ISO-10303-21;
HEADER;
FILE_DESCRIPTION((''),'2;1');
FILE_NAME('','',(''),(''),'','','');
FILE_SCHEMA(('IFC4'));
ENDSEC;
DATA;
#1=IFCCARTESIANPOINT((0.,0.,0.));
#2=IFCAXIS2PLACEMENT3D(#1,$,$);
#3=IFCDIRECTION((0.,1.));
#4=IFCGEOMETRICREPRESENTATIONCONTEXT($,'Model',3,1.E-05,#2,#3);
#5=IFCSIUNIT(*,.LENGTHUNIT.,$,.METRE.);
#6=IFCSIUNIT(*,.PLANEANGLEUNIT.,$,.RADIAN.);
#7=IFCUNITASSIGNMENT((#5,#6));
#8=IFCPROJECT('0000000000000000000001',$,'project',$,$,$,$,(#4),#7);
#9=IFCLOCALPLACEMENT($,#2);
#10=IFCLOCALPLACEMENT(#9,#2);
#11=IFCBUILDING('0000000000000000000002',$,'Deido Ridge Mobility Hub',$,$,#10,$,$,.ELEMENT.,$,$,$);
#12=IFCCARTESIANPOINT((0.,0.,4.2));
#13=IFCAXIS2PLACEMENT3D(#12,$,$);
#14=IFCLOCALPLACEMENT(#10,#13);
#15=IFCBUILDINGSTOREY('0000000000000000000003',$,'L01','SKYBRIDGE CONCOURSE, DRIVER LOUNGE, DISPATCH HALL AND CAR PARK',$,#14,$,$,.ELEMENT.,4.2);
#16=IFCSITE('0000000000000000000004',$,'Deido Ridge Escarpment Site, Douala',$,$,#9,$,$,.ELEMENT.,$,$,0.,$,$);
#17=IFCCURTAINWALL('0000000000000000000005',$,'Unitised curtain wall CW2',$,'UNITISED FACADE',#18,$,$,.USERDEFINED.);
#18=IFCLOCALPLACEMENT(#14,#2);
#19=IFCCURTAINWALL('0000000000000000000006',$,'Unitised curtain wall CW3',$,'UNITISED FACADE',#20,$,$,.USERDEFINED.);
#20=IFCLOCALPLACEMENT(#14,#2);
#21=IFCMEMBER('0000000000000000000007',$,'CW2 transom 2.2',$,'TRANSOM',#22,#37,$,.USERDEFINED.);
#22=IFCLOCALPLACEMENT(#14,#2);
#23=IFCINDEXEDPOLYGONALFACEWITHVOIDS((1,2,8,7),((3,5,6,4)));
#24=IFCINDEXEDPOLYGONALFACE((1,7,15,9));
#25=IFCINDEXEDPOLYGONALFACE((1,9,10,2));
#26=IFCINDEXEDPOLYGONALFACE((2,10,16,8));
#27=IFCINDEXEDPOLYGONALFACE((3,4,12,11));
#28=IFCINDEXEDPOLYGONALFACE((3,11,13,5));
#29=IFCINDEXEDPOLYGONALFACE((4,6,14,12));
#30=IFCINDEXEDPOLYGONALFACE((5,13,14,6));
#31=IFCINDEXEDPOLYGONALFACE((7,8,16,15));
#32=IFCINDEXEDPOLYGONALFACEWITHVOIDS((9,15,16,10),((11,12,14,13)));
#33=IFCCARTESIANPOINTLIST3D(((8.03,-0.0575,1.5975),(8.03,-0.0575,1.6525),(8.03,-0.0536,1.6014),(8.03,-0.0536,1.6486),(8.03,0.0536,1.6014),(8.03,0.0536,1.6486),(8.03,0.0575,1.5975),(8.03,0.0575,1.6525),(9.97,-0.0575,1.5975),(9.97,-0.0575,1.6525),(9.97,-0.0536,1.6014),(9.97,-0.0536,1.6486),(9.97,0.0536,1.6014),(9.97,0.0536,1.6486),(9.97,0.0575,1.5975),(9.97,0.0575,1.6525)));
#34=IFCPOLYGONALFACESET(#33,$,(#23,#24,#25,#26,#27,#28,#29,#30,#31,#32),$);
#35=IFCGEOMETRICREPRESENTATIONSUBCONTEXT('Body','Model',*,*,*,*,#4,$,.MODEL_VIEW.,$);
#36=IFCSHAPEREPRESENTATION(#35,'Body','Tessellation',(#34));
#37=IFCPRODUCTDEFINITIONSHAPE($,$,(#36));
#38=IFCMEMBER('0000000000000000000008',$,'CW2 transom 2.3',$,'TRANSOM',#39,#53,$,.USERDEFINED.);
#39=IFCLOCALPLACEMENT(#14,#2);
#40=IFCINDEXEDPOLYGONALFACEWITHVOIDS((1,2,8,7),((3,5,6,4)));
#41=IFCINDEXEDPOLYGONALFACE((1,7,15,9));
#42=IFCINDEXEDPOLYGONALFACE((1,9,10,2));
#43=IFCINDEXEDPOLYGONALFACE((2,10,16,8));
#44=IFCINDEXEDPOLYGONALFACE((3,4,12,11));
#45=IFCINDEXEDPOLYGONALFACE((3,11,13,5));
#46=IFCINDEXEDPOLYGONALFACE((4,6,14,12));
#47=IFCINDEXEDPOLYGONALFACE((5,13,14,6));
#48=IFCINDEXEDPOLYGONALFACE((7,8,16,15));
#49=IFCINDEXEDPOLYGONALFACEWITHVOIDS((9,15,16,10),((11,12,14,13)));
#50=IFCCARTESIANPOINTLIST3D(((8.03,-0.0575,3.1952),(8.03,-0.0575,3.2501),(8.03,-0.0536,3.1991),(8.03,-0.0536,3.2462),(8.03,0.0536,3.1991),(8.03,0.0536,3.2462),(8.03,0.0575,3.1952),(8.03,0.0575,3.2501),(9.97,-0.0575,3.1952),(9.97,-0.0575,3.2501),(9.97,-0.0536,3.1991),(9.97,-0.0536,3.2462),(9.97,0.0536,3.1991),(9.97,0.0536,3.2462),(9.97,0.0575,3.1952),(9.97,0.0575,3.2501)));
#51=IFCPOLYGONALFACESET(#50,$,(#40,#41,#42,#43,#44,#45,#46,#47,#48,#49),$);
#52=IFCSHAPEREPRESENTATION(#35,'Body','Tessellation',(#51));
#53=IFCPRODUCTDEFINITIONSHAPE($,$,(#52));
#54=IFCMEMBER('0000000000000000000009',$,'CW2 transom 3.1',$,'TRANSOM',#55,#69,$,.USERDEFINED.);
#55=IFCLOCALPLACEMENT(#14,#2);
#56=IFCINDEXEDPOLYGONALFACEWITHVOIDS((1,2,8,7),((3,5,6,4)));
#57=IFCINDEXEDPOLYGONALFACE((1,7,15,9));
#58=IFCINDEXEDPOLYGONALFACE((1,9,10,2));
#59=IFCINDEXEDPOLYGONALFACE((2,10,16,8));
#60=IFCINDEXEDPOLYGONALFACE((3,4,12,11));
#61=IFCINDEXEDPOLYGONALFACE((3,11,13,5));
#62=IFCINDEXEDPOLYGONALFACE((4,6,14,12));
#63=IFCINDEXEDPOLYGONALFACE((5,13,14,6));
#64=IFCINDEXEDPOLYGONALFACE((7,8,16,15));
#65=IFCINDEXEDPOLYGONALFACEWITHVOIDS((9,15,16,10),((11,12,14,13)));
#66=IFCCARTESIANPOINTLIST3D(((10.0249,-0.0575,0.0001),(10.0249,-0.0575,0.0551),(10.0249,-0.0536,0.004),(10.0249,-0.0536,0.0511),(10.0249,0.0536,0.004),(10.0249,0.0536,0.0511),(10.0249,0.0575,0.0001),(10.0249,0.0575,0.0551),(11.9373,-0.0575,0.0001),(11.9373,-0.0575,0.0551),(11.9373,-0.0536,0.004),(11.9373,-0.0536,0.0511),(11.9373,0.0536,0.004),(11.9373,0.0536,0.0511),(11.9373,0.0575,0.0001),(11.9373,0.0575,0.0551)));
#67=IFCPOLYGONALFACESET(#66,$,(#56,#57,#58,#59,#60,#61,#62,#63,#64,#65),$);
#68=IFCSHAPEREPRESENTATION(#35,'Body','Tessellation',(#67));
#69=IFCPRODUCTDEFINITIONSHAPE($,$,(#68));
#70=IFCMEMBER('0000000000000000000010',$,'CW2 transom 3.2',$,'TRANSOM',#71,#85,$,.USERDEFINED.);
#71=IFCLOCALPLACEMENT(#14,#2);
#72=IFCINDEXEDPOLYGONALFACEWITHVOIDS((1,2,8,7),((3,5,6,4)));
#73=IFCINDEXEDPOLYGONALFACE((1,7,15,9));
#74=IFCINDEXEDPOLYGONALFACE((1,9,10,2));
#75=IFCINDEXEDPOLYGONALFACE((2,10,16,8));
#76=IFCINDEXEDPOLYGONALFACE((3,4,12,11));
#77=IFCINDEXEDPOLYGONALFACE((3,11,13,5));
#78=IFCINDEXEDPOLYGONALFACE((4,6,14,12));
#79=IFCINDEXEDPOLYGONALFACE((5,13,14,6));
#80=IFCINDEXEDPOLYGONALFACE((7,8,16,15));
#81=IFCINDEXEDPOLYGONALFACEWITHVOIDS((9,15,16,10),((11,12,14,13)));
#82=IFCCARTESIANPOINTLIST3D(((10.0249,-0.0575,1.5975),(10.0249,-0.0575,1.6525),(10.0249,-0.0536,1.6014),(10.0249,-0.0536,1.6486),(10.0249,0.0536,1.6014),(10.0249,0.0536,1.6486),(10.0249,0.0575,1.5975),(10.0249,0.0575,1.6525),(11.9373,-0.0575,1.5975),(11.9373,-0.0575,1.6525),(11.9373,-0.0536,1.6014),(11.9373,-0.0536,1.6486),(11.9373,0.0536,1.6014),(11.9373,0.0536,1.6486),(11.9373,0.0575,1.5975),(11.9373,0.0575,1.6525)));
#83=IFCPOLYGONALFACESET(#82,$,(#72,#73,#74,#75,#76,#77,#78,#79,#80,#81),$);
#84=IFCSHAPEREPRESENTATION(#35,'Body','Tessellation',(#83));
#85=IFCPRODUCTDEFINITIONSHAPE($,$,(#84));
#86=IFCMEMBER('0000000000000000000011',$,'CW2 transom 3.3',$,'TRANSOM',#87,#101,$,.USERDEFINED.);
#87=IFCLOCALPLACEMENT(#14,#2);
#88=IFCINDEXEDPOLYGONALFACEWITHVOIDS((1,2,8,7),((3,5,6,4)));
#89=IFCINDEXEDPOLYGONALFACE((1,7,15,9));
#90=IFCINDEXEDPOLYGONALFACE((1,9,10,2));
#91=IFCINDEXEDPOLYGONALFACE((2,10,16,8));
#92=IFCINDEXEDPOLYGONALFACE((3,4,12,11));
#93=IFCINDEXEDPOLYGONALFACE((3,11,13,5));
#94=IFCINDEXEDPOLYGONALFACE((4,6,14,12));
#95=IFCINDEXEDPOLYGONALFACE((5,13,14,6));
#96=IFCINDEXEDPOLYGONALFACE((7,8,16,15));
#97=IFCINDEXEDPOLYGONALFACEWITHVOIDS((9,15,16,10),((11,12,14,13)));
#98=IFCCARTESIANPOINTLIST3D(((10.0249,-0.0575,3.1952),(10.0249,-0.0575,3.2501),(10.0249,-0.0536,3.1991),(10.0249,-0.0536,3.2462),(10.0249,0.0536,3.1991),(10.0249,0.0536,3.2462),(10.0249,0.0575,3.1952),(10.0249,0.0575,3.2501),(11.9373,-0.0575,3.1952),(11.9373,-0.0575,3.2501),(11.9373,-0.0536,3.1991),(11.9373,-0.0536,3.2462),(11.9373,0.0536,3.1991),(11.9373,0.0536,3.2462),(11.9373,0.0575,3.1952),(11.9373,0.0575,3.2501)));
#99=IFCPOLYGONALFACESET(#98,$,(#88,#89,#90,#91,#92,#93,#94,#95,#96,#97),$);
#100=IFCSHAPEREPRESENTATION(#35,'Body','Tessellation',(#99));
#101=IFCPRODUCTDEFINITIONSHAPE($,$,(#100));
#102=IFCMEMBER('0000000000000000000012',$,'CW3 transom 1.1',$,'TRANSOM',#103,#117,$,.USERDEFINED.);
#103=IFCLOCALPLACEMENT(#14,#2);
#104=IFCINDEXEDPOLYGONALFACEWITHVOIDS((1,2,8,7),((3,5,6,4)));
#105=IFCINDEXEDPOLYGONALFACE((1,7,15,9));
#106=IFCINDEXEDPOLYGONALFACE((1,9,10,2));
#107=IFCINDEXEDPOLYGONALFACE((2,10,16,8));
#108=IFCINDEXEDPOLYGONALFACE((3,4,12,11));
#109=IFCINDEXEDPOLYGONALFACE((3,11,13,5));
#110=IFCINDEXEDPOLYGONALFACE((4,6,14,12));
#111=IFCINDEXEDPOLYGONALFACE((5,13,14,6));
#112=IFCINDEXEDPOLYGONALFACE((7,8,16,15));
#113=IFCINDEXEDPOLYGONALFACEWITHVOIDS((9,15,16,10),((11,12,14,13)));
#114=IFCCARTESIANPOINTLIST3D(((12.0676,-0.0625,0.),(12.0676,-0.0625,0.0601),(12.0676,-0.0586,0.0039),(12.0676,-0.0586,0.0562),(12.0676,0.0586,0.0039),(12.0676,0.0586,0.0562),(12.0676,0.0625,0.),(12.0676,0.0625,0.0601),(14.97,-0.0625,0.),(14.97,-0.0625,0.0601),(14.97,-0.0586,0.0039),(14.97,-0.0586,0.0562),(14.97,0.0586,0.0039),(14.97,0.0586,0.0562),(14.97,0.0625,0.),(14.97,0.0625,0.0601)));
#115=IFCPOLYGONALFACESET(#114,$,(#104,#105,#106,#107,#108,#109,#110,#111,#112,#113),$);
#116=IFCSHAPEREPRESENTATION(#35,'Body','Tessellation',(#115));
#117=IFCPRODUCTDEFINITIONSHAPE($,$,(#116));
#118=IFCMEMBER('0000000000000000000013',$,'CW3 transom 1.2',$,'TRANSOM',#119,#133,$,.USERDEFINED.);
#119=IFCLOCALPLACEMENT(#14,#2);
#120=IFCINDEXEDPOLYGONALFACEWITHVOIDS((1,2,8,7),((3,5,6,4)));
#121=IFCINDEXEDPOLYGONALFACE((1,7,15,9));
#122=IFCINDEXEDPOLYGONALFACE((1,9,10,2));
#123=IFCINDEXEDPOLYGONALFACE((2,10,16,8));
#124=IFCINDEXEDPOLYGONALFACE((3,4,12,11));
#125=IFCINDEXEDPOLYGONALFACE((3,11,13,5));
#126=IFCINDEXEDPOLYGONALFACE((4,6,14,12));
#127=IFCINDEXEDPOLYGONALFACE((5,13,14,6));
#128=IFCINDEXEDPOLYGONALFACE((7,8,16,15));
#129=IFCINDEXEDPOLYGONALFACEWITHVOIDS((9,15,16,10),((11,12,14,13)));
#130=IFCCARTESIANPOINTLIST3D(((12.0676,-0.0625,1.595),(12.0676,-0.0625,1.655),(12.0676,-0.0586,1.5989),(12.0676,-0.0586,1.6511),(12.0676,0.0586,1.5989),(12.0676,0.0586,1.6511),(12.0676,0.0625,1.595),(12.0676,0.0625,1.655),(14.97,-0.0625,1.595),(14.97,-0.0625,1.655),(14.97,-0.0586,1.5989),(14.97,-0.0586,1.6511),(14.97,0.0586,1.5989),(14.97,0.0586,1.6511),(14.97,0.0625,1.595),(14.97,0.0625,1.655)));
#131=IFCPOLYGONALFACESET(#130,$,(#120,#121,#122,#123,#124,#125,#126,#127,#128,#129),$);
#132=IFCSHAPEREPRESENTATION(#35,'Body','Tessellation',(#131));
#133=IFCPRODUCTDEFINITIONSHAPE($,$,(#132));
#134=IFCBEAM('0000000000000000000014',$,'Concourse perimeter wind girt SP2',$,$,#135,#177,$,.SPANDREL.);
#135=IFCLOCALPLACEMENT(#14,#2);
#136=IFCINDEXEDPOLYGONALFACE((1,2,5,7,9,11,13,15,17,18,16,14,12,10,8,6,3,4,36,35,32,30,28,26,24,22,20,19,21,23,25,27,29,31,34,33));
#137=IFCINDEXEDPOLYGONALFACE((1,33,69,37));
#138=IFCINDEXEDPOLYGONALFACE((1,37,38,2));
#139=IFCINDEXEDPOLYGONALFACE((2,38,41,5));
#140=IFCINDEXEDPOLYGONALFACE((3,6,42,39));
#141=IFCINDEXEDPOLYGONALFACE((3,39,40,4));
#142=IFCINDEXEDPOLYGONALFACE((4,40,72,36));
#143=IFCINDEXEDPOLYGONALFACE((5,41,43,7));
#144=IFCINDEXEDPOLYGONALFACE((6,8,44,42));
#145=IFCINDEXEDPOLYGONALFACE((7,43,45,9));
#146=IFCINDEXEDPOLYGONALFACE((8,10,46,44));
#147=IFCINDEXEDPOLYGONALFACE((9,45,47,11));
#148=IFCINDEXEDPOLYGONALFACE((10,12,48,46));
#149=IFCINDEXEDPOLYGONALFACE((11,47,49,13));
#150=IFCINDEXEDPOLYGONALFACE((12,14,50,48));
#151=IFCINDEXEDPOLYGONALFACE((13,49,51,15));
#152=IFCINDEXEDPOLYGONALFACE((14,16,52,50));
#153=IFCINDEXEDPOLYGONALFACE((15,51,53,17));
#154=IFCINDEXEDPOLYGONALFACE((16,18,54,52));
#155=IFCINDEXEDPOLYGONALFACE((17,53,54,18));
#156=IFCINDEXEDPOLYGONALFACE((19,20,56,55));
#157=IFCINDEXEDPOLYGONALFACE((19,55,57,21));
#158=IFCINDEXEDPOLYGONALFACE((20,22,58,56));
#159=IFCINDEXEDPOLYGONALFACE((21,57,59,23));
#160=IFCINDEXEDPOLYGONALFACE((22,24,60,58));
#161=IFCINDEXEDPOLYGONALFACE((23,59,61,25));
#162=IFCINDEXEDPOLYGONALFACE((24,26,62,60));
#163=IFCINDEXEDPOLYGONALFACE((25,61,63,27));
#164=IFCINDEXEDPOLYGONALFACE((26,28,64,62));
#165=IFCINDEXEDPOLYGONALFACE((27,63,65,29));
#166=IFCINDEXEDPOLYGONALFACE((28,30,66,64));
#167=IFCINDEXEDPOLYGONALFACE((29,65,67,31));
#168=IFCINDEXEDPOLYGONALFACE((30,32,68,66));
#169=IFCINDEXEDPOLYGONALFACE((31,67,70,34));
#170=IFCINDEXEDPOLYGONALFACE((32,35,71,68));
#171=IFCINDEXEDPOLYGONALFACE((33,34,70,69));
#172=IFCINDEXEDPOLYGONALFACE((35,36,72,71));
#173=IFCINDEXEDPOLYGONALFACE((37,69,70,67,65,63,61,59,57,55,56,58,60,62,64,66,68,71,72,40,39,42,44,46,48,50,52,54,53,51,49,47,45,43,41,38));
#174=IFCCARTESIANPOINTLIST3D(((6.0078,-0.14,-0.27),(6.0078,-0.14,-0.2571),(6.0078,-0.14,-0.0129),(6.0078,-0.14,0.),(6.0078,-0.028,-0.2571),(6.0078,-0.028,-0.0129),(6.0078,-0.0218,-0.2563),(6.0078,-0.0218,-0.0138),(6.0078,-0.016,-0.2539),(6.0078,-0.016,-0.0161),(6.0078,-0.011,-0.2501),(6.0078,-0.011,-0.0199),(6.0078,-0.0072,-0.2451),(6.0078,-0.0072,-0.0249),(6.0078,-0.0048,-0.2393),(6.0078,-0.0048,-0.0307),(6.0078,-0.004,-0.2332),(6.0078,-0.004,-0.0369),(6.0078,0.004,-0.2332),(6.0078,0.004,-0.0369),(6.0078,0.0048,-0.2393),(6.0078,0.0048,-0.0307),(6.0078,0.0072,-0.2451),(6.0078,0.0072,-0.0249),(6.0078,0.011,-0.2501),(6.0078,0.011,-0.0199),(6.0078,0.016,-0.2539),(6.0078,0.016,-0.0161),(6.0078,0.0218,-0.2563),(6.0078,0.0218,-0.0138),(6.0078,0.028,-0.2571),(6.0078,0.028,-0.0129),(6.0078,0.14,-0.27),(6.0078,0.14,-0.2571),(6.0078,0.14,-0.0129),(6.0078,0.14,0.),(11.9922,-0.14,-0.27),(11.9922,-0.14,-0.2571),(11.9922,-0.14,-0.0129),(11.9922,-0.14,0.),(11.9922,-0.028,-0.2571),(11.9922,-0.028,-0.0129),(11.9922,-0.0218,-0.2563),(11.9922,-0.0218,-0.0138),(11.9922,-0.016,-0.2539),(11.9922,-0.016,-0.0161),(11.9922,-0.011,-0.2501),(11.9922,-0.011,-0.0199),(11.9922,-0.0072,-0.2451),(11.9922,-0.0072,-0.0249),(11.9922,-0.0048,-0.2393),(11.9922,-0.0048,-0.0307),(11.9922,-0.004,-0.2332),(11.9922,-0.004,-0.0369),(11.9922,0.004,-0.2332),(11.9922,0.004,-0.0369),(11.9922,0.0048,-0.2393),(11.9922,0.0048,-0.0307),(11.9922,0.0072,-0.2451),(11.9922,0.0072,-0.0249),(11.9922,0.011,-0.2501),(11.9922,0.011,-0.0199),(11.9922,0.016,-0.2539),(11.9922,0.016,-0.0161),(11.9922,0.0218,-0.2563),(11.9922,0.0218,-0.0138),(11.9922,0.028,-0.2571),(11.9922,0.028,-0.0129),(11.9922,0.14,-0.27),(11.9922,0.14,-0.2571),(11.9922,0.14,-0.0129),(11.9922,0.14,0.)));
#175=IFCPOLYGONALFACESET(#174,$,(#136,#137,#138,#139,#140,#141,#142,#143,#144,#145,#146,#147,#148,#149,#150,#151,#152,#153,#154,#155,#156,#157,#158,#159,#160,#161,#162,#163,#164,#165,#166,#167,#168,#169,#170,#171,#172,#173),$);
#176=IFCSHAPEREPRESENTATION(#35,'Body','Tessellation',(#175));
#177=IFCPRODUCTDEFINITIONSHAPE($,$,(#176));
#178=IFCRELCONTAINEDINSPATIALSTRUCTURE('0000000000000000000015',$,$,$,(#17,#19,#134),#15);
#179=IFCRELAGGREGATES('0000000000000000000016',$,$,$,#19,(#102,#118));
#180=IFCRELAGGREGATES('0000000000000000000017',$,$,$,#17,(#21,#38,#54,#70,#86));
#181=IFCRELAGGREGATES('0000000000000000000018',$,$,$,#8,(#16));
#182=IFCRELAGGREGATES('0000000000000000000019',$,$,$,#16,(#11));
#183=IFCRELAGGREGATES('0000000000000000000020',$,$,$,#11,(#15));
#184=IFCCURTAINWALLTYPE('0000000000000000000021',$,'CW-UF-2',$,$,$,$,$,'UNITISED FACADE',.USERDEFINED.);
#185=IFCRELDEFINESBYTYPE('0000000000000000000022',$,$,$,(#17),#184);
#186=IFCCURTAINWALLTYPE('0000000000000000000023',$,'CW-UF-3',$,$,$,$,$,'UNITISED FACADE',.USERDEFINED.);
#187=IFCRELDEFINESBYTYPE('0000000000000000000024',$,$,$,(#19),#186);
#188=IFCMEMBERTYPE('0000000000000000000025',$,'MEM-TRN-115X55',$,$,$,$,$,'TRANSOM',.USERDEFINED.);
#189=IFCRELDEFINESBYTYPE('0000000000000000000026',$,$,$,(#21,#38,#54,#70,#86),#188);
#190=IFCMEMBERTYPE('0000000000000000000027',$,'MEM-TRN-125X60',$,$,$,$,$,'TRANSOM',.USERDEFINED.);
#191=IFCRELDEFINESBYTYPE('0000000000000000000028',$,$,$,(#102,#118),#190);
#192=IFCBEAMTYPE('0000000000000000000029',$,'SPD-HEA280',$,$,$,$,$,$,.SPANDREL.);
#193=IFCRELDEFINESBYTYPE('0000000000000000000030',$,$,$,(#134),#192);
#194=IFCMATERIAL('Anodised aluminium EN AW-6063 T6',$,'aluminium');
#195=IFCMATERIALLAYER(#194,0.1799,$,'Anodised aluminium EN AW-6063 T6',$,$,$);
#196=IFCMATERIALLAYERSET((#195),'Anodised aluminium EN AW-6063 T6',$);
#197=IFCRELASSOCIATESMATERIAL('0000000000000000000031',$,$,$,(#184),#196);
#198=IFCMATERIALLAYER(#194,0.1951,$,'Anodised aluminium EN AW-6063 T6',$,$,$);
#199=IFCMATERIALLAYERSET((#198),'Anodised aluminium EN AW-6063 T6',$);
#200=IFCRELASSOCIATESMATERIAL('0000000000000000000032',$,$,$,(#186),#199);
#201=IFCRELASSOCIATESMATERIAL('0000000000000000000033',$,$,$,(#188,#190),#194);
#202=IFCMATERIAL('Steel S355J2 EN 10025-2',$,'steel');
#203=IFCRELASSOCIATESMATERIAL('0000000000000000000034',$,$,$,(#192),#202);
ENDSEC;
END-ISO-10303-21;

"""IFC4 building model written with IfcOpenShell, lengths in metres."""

from ifc_helpers import new_model, si_unit, direction, frame, origin, origin_2d, place, context, subcontext, project, spatial, hollow_rectangle, i_section, extrude, material, layer, layer_set, material_profile, profile_set, type_object, element, aggregate, save


model = new_model("IFC4")

# Units and contexts
model_context = context("Model", 3, precision=1e-05, world=origin(), true_north=direction((0.0, 1.0)))
body_context = subcontext(model_context, "Body", "Model", "MODEL_VIEW")
ifc_project = project(units=[si_unit("LENGTHUNIT", "METRE"), si_unit("PLANEANGLEUNIT", "RADIAN")], contexts=[model_context])

# Site, building, storey
site_placement = place(None, origin())
site = spatial("IfcSite", under=ifc_project, at=site_placement, Name="Deido Ridge Escarpment Site, Douala", CompositionType="ELEMENT", RefElevation=0.0)
building_placement = place(site_placement, origin())
building = spatial("IfcBuilding", under=site, at=building_placement, Name="Deido Ridge Mobility Hub", CompositionType="ELEMENT")
storey_placement = place(building_placement, frame((0.0, 0.0, 4.2)))
storey = spatial("IfcBuildingStorey", under=building, at=storey_placement, Name="L01", Description="SKYBRIDGE CONCOURSE, DRIVER LOUNGE, DISPATCH HALL AND CAR PARK", CompositionType="ELEMENT", Elevation=4.2)

# Shared definitions
ifc_material_1 = material(Name="Steel S355J2 EN 10025-2", Category="steel")

# Curtain wall
ifc_material_2 = material(Name="Anodised aluminium EN AW-6063 T6", Category="aluminium")
ifc_layer_1 = layer(ifc_material_2, 0.1799, Name="Anodised aluminium EN AW-6063 T6")
ifc_layer_set_1 = layer_set([ifc_layer_1], Name="Anodised aluminium EN AW-6063 T6")
curtain_wall_type_1 = type_object("IfcCurtainWallType", Name="CW-UF-2", ElementType="UNITISED FACADE", PredefinedType="USERDEFINED", material=ifc_layer_set_1)
curtain_wall_1_placement = place(storey_placement, origin())
curtain_wall_1 = element("IfcCurtainWall", 1, at=curtain_wall_1_placement, inside=storey, type_object=curtain_wall_type_1, Name="Unitised curtain wall CW2", ObjectType="UNITISED FACADE", PredefinedType="USERDEFINED")

# Curtain wall
ifc_layer_2 = layer(ifc_material_2, 0.1951, Name="Anodised aluminium EN AW-6063 T6")
ifc_layer_set_2 = layer_set([ifc_layer_2], Name="Anodised aluminium EN AW-6063 T6")
curtain_wall_type_2 = type_object("IfcCurtainWallType", Name="CW-UF-3", ElementType="UNITISED FACADE", PredefinedType="USERDEFINED", material=ifc_layer_set_2)
curtain_wall_2_placement = place(storey_placement, origin())
curtain_wall_2 = element("IfcCurtainWall", 2, at=curtain_wall_2_placement, inside=storey, type_object=curtain_wall_type_2, Name="Unitised curtain wall CW3", ObjectType="UNITISED FACADE", PredefinedType="USERDEFINED")

# Members
ifc_material_profile_1 = material_profile(ifc_material_2, hollow_rectangle(XDim=0.115, YDim=0.0549, WallThickness=0.0039, at=origin_2d()), Name="RHS 115x55x4")
ifc_profile_set_1 = profile_set([ifc_material_profile_1], Name="Anodised aluminium EN AW-6063 T6")
member_type_1 = type_object("IfcMemberType", Name="MEM-TRN-115X55", ElementType="TRANSOM", PredefinedType="USERDEFINED", material=ifc_profile_set_1)
member_1_placement = place(storey_placement, frame((8.03, 0.0, 1.625), z_axis=(1.0, 0.0, 0.0), x_axis=(0.0, 1.0, 0.0)))
member_1 = element("IfcMember", 3, at=member_1_placement, type_object=member_type_1, Name="CW2 transom 2.2", ObjectType="TRANSOM", PredefinedType="USERDEFINED", context=body_context, shape_type="SweptSolid", body=[
    extrude(hollow_rectangle(XDim=0.115, YDim=0.0549, WallThickness=0.0039, at=origin_2d()), origin(), (0.0, 0.0, 1.0), 1.9399),
])
member_2_placement = place(storey_placement, frame((8.03, 0.0, 3.2227), z_axis=(1.0, 0.0, 0.0), x_axis=(0.0, 1.0, 0.0)))
member_2 = element("IfcMember", 4, at=member_2_placement, type_object=member_type_1, Name="CW2 transom 2.3", ObjectType="TRANSOM", PredefinedType="USERDEFINED", context=body_context, shape_type="SweptSolid", body=[
    extrude(hollow_rectangle(XDim=0.115, YDim=0.0549, WallThickness=0.0039, at=origin_2d()), origin(), (0.0, 0.0, 1.0), 1.9399),
])
member_3_placement = place(storey_placement, frame((10.0249, 0.0, 0.0276), z_axis=(1.0, 0.0, 0.0), x_axis=(0.0, 1.0, 0.0)))
member_3 = element("IfcMember", 5, at=member_3_placement, type_object=member_type_1, Name="CW2 transom 3.1", ObjectType="TRANSOM", PredefinedType="USERDEFINED", context=body_context, shape_type="SweptSolid", body=[
    extrude(hollow_rectangle(XDim=0.115, YDim=0.0549, WallThickness=0.0039, at=origin_2d()), origin(), (0.0, 0.0, 1.0), 1.9124),
])
member_4_placement = place(storey_placement, frame((10.0249, 0.0, 1.625), z_axis=(1.0, 0.0, 0.0), x_axis=(0.0, 1.0, 0.0)))
member_4 = element("IfcMember", 6, at=member_4_placement, type_object=member_type_1, Name="CW2 transom 3.2", ObjectType="TRANSOM", PredefinedType="USERDEFINED", context=body_context, shape_type="SweptSolid", body=[
    extrude(hollow_rectangle(XDim=0.115, YDim=0.0549, WallThickness=0.0039, at=origin_2d()), origin(), (0.0, 0.0, 1.0), 1.9124),
])
member_5_placement = place(storey_placement, frame((10.0249, 0.0, 3.2227), z_axis=(1.0, 0.0, 0.0), x_axis=(0.0, 1.0, 0.0)))
member_5 = element("IfcMember", 7, at=member_5_placement, type_object=member_type_1, Name="CW2 transom 3.3", ObjectType="TRANSOM", PredefinedType="USERDEFINED", context=body_context, shape_type="SweptSolid", body=[
    extrude(hollow_rectangle(XDim=0.115, YDim=0.0549, WallThickness=0.0039, at=origin_2d()), origin(), (0.0, 0.0, 1.0), 1.9124),
])
ifc_material_profile_2 = material_profile(ifc_material_2, hollow_rectangle(XDim=0.125, YDim=0.0601, WallThickness=0.0039, at=origin_2d()), Name="RHS 125x60x4")
ifc_profile_set_2 = profile_set([ifc_material_profile_2], Name="Anodised aluminium EN AW-6063 T6")
member_type_2 = type_object("IfcMemberType", Name="MEM-TRN-125X60", ElementType="TRANSOM", PredefinedType="USERDEFINED", material=ifc_profile_set_2)
member_6_placement = place(storey_placement, frame((12.0676, 0.0, 0.03), z_axis=(1.0, 0.0, 0.0), x_axis=(0.0, 1.0, 0.0)))
member_6 = element("IfcMember", 8, at=member_6_placement, type_object=member_type_2, Name="CW3 transom 1.1", ObjectType="TRANSOM", PredefinedType="USERDEFINED", context=body_context, shape_type="SweptSolid", body=[
    extrude(hollow_rectangle(XDim=0.125, YDim=0.0601, WallThickness=0.0039, at=origin_2d()), origin(), (0.0, 0.0, 1.0), 2.9023),
])
member_7_placement = place(storey_placement, frame((12.0676, 0.0, 1.625), z_axis=(1.0, 0.0, 0.0), x_axis=(0.0, 1.0, 0.0)))
member_7 = element("IfcMember", 9, at=member_7_placement, type_object=member_type_2, Name="CW3 transom 1.2", ObjectType="TRANSOM", PredefinedType="USERDEFINED", context=body_context, shape_type="SweptSolid", body=[
    extrude(hollow_rectangle(XDim=0.125, YDim=0.0601, WallThickness=0.0039, at=origin_2d()), origin(), (0.0, 0.0, 1.0), 2.9023),
])
aggregate(curtain_wall_2, [member_6, member_7])

# Beam
ifc_material_profile_3 = material_profile(ifc_material_1, i_section(OverallWidth=0.28, OverallDepth=0.27, WebThickness=0.0081, FlangeThickness=0.0129, FilletRadius=0.0239, at=origin_2d()), Name="HEA 280")
ifc_profile_set_3 = profile_set([ifc_material_profile_3], Name="Steel S355J2 EN 10025-2")
beam_type = type_object("IfcBeamType", Name="SPD-HEA280", PredefinedType="SPANDREL", material=ifc_profile_set_3)
for number, where, z_axis, x_axis, name in (
    (10, (6.0078, 0.0, -0.135), (1.0, 0.0, 0.0), (0.0, 1.0, 0.0), "Concourse perimeter wind girt SP2"),
):
    element("IfcBeam", number, at=place(storey_placement, frame(where, z_axis=z_axis, x_axis=x_axis)), inside=storey, type_object=beam_type, Name=name, PredefinedType="SPANDREL", context=body_context, shape_type="SweptSolid", body=[
        extrude(i_section(OverallWidth=0.28, OverallDepth=0.27, WebThickness=0.0081, FlangeThickness=0.0129, FilletRadius=0.0239, at=origin_2d()), origin(), (0.0, 0.0, 1.0), 5.9844),
    ])

aggregate(curtain_wall_1, [member_1, member_2, member_3, member_4, member_5])

save(model, "model.ifc")
